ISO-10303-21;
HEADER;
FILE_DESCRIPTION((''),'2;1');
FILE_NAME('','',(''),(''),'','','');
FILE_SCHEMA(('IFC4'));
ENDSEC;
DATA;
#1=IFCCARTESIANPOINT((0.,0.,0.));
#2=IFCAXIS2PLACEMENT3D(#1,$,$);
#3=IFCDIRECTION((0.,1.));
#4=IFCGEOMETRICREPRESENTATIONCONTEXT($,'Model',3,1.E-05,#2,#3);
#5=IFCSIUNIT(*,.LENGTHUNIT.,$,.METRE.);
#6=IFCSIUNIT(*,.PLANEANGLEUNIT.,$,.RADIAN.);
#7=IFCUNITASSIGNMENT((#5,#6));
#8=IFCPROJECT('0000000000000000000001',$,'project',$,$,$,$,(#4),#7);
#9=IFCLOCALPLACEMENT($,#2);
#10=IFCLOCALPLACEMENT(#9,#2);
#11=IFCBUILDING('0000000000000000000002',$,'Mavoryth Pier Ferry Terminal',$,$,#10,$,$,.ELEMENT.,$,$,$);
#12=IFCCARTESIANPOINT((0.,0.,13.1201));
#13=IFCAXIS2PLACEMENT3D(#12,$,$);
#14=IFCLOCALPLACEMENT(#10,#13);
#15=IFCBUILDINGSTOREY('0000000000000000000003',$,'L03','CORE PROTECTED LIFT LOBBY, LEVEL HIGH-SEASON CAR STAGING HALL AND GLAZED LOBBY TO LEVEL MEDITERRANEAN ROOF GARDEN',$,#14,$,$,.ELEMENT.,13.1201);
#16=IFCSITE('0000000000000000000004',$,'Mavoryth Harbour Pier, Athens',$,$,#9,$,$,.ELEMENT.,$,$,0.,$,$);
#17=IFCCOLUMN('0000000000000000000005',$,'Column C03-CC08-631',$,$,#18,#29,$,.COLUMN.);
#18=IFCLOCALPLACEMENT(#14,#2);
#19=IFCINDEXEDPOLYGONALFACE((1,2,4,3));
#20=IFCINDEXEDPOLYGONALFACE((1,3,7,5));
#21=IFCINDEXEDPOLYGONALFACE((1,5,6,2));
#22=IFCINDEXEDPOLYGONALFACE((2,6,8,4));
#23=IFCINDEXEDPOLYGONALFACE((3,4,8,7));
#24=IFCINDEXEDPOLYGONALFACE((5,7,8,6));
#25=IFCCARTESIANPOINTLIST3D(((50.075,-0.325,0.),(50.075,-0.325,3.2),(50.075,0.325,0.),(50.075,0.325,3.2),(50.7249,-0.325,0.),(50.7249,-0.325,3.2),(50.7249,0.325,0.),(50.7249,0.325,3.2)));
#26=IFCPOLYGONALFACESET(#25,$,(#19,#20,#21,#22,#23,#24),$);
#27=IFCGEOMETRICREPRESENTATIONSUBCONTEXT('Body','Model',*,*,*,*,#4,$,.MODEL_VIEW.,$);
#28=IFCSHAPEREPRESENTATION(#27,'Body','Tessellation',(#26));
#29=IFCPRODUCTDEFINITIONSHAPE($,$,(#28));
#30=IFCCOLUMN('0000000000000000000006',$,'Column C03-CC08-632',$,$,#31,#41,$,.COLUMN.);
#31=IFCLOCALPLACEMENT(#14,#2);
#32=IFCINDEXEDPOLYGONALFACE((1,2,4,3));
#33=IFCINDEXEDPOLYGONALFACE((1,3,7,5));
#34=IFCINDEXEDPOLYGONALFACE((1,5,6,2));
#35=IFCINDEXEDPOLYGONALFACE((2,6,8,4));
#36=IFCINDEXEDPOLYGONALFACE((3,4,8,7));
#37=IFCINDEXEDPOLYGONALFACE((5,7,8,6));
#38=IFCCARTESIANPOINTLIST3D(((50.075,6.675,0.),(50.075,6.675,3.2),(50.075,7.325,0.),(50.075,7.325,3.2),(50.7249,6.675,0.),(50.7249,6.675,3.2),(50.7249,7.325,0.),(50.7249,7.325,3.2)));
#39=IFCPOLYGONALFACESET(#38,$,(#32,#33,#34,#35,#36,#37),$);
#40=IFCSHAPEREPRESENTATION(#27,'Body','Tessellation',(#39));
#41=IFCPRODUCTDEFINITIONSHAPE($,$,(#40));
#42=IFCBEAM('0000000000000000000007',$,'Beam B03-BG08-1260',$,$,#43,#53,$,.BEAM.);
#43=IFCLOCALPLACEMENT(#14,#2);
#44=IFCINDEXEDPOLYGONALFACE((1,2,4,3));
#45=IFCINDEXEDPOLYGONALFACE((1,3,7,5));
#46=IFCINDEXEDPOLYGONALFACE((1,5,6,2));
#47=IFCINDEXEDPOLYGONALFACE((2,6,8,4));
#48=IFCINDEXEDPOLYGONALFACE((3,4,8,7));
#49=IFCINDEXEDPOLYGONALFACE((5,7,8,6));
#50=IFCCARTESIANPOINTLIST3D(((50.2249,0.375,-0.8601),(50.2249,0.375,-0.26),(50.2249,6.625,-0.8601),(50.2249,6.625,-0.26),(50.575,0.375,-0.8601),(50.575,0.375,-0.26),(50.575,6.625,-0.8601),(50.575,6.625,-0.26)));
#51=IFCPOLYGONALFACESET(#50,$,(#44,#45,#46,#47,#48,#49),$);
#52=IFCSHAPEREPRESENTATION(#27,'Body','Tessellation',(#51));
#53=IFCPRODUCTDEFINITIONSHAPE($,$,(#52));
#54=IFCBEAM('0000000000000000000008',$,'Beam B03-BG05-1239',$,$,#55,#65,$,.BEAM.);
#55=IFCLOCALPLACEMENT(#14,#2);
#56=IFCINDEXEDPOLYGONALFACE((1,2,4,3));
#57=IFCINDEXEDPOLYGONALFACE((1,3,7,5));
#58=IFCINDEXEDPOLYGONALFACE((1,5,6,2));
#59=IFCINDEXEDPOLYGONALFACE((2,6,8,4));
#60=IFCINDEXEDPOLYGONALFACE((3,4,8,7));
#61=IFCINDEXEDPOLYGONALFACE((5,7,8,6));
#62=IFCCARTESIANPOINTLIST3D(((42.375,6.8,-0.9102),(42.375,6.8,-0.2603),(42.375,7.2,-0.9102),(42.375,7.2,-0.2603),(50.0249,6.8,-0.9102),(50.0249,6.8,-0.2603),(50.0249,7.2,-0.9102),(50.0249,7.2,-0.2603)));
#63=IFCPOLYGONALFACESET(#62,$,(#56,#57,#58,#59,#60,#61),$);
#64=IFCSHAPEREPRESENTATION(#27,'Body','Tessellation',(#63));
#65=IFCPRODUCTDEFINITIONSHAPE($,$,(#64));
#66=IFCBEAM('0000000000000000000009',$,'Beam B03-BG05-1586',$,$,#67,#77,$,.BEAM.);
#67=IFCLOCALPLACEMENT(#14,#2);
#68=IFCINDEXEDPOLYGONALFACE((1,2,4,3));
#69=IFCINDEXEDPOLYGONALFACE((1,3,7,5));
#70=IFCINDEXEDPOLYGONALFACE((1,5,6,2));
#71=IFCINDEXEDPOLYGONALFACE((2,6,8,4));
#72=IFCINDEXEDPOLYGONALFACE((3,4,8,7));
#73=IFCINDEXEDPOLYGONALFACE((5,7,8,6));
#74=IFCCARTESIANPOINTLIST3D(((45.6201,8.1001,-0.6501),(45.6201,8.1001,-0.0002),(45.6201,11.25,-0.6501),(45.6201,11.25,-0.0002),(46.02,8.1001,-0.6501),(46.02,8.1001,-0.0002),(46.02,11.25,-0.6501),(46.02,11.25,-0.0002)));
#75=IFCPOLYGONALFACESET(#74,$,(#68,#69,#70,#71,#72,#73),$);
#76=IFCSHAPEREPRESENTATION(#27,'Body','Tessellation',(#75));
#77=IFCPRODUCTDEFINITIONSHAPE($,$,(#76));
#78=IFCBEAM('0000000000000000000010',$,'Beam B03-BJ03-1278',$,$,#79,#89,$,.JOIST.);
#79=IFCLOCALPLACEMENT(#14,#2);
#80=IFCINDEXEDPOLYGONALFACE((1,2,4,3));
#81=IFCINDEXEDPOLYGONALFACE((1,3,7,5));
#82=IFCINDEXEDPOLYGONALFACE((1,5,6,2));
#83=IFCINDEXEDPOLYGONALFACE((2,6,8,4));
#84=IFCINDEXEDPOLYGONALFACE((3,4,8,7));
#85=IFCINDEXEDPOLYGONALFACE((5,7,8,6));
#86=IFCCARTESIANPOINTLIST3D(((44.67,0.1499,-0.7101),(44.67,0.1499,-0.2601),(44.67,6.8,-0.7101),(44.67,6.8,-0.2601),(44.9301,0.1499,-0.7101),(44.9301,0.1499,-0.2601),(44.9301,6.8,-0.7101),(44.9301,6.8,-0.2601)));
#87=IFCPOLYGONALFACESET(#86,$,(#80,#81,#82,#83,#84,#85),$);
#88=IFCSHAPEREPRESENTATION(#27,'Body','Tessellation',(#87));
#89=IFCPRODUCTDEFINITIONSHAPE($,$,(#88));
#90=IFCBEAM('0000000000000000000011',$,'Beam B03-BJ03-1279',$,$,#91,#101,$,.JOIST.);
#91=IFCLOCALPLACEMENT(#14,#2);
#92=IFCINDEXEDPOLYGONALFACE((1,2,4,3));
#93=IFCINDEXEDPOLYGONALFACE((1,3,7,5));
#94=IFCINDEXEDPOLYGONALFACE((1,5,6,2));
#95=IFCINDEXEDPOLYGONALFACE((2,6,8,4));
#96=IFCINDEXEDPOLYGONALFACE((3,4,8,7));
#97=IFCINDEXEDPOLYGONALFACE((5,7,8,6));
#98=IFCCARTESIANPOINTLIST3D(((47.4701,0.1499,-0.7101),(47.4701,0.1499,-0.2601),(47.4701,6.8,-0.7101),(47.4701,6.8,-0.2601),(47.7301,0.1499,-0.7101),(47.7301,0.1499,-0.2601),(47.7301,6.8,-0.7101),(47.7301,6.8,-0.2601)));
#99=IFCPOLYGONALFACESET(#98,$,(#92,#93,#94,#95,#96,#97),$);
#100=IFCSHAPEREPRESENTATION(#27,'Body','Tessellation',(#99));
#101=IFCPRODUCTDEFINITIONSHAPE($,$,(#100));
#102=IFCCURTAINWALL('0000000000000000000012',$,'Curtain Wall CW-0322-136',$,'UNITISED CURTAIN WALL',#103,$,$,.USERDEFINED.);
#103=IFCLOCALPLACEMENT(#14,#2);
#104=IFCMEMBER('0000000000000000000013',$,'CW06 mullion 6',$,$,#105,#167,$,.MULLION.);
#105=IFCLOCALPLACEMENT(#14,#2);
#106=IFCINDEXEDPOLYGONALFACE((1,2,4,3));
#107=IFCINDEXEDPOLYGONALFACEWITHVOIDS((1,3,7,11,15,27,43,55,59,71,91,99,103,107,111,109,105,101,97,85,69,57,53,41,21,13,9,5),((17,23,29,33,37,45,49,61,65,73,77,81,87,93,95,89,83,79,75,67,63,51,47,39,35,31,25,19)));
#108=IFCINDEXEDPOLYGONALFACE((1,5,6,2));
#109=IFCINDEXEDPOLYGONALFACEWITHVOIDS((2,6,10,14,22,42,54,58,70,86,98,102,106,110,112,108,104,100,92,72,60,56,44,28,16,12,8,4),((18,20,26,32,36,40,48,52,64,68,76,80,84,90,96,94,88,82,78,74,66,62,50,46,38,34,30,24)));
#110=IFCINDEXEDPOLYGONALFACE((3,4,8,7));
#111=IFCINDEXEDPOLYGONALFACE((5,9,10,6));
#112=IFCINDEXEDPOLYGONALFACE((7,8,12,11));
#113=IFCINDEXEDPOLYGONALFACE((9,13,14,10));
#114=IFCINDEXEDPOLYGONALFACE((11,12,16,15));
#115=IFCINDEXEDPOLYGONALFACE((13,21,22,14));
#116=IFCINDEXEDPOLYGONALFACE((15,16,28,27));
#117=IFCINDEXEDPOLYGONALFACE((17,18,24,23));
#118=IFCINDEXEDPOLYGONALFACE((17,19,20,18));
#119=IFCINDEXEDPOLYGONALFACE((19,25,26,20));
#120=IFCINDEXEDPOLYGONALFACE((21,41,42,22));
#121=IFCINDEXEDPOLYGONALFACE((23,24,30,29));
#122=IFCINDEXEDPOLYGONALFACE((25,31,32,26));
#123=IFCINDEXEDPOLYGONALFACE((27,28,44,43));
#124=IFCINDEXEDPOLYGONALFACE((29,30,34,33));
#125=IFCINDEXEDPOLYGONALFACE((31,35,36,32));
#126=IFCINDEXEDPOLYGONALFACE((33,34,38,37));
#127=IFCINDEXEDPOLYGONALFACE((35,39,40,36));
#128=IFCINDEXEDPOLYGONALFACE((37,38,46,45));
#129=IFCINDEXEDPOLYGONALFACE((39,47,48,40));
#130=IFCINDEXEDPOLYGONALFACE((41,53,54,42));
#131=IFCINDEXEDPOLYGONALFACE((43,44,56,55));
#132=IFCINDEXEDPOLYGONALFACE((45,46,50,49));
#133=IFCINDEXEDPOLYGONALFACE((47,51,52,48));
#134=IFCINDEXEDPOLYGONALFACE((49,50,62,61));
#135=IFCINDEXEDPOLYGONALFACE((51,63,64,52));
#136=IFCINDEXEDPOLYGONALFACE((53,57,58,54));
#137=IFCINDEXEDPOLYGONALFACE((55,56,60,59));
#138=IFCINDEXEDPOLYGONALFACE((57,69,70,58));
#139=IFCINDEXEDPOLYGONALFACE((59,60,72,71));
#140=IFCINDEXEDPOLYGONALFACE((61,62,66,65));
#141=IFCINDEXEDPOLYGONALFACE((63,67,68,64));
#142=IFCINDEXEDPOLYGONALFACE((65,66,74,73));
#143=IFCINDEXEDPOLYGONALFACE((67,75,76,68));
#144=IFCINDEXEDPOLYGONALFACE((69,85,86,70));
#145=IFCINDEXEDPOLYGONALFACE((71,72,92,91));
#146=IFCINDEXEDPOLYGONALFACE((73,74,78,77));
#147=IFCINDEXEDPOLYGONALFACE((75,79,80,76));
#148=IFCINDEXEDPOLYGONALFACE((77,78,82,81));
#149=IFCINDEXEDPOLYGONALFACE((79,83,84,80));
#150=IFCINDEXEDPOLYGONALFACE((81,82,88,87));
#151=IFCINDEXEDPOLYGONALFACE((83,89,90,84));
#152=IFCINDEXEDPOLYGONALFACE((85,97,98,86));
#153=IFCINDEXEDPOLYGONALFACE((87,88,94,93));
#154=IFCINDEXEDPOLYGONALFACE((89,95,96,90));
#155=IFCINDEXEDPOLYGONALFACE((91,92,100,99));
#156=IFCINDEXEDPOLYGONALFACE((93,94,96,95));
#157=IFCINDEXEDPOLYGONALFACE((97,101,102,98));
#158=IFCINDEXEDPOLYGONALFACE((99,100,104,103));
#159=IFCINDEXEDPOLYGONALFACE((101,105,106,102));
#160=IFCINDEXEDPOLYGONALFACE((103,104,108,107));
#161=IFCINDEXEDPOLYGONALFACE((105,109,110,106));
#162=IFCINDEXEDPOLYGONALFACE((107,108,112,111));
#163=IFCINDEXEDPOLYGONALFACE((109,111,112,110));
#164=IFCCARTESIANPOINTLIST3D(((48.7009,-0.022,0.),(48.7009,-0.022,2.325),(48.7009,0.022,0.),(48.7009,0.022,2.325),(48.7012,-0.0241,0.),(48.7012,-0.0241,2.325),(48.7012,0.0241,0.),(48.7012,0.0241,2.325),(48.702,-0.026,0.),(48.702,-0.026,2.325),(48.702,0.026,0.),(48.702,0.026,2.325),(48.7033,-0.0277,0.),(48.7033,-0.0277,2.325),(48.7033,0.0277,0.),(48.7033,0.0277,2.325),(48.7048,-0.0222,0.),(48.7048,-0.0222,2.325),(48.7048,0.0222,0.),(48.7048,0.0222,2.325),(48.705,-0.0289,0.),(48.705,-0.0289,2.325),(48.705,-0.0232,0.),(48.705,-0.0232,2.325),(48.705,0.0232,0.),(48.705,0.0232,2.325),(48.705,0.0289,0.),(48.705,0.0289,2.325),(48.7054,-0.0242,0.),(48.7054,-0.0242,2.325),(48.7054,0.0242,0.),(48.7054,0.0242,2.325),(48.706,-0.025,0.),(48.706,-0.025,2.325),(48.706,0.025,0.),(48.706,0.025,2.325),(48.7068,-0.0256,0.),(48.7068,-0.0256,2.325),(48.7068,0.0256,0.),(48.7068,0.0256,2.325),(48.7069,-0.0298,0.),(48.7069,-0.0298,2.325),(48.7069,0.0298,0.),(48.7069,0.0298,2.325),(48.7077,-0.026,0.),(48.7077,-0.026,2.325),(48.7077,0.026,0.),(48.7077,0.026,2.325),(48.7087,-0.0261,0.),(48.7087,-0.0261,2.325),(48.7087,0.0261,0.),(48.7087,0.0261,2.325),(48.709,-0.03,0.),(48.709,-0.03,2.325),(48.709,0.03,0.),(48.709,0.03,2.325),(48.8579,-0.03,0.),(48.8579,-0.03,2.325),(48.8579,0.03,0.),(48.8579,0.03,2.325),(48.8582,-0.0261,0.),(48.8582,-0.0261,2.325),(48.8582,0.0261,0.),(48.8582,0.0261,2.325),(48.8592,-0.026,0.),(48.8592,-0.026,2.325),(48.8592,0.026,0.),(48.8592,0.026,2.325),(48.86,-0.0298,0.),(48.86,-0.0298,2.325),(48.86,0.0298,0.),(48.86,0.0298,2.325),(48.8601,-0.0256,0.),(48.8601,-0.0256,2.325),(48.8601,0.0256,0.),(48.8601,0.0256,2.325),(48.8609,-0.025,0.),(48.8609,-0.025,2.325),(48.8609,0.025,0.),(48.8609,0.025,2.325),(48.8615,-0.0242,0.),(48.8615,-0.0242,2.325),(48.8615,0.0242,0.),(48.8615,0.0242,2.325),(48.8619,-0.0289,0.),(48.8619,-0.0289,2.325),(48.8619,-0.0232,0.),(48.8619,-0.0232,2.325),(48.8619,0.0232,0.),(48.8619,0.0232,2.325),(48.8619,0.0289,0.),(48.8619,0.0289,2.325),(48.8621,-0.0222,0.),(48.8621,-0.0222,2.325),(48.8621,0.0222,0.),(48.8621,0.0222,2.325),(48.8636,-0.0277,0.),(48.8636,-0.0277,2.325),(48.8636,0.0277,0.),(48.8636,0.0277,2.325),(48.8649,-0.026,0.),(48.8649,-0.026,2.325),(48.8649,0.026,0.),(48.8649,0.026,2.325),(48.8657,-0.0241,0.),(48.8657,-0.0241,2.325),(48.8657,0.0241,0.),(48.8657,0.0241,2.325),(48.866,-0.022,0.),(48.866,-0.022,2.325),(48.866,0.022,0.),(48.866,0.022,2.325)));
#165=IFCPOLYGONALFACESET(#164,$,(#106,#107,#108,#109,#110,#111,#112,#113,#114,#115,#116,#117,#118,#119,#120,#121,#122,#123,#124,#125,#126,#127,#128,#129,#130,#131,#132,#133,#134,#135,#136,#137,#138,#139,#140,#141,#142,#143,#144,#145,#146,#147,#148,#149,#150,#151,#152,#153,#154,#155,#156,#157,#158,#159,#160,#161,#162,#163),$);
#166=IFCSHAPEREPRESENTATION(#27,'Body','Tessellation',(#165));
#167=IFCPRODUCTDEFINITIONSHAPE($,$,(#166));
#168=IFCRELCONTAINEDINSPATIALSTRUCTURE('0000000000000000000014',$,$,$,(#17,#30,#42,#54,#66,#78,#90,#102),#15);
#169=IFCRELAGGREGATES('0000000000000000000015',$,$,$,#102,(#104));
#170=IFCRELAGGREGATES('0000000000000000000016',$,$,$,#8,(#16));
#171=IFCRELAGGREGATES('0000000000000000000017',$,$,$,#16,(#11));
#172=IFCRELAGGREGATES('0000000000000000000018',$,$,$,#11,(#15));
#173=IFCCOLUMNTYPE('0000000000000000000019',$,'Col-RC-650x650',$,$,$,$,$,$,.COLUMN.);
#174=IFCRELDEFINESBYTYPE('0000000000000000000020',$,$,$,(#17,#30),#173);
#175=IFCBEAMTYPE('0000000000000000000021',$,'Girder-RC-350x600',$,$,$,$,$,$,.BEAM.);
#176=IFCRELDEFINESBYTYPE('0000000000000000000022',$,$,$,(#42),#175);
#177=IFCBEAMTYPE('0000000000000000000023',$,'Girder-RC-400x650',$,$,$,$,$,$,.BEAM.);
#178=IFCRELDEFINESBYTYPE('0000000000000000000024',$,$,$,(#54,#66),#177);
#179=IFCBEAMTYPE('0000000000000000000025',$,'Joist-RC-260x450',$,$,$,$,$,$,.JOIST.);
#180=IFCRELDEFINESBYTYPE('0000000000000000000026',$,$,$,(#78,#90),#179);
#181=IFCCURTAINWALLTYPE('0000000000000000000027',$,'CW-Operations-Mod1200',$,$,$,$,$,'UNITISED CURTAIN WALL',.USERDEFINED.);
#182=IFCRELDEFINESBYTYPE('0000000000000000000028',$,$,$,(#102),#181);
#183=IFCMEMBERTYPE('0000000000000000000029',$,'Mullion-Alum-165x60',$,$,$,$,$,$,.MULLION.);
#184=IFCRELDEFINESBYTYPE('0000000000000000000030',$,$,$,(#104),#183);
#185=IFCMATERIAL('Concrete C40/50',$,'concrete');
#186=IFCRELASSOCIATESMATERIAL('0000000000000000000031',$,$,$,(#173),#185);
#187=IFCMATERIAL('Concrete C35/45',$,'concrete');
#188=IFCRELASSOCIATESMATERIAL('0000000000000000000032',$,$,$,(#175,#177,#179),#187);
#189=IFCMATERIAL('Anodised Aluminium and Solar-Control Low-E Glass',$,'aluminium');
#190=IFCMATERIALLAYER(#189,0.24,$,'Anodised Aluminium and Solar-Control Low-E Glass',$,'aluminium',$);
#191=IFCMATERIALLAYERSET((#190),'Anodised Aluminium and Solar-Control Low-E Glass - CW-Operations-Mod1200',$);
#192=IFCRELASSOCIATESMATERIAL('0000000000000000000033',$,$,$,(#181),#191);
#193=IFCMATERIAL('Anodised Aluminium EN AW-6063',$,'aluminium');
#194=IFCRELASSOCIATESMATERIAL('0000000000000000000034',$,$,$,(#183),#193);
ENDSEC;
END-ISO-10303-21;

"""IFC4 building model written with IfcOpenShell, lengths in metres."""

from ifc_helpers import new_model, si_unit, direction, frame, origin, origin_2d, place, context, subcontext, project, spatial, rectangle, hollow_rectangle, extrude, material, layer, layer_set, material_profile, profile_set, type_object, element, aggregate, save


model = new_model("IFC4")

# Units and contexts
model_context = context("Model", 3, precision=1e-05, world=origin(), true_north=direction((0.0, 1.0)))
body_context = subcontext(model_context, "Body", "Model", "MODEL_VIEW")
ifc_project = project(units=[si_unit("LENGTHUNIT", "METRE"), si_unit("PLANEANGLEUNIT", "RADIAN")], contexts=[model_context])

# Site, building, storey
site_placement = place(None, origin())
site = spatial("IfcSite", under=ifc_project, at=site_placement, Name="Mavoryth Harbour Pier, Athens", CompositionType="ELEMENT", RefElevation=0.0)
building_placement = place(site_placement, origin())
building = spatial("IfcBuilding", under=site, at=building_placement, Name="Mavoryth Pier Ferry Terminal", CompositionType="ELEMENT")
storey_placement = place(building_placement, frame((0.0, 0.0, 13.1201)))
storey = spatial("IfcBuildingStorey", under=building, at=storey_placement, Name="L03", Description="CORE PROTECTED LIFT LOBBY, LEVEL HIGH-SEASON CAR STAGING HALL AND GLAZED LOBBY TO LEVEL MEDITERRANEAN ROOF GARDEN", CompositionType="ELEMENT", Elevation=13.1201)

# Columns
ifc_material_1 = material(Name="Concrete C40/50", Category="concrete")
ifc_material_profile_1 = material_profile(ifc_material_1, rectangle(XDim=0.6499, YDim=0.6499, at=origin_2d()), Name="RC 650x650", Category="concrete")
ifc_profile_set_1 = profile_set([ifc_material_profile_1], Name="Concrete C40/50 - RC 650x650")
column_type = type_object("IfcColumnType", Name="Col-RC-650x650", PredefinedType="COLUMN", material=ifc_profile_set_1)
for number, where, z_axis, x_axis, name in (
    (1, (50.3999, 0.0, 0.0), (0.0, 0.0, 1.0), (1.0, 0.0, 0.0), "Column C03-CC08-631"),
    (2, (50.3999, 7.0, 0.0), (0.0, 0.0, 1.0), (1.0, 0.0, 0.0), "Column C03-CC08-632"),
):
    element("IfcColumn", number, at=place(storey_placement, frame(where, z_axis=z_axis, x_axis=x_axis)), inside=storey, type_object=column_type, Name=name, PredefinedType="COLUMN", context=body_context, shape_type="SweptSolid", body=[
        extrude(rectangle(XDim=0.6499, YDim=0.6499, at=origin_2d()), origin(), (0.0, 0.0, 1.0), 3.2),
    ])

# Beams
ifc_material_2 = material(Name="Concrete C35/45", Category="concrete")
ifc_material_profile_2 = material_profile(ifc_material_2, rectangle(XDim=0.3501, YDim=0.6001, at=origin_2d()), Name="RC 350x600", Category="concrete")
ifc_profile_set_2 = profile_set([ifc_material_profile_2], Name="Concrete C35/45 - RC 350x600")
beam_type_1 = type_object("IfcBeamType", Name="Girder-RC-350x600", PredefinedType="BEAM", material=ifc_profile_set_2)
beam_1_placement = place(storey_placement, frame((50.3999, 0.375, -0.5601), z_axis=(0.0, 1.0, 0.0), x_axis=(-1.0, 0.0, 0.0)))
element("IfcBeam", 3, at=beam_1_placement, inside=storey, type_object=beam_type_1, Name="Beam B03-BG08-1260", PredefinedType="BEAM", context=body_context, shape_type="SweptSolid", body=[
    extrude(rectangle(XDim=0.3501, YDim=0.6001, at=origin_2d()), origin(), (0.0, 0.0, 1.0), 6.25),
])
ifc_material_profile_3 = material_profile(ifc_material_2, rectangle(XDim=0.3999, YDim=0.6499, at=origin_2d()), Name="RC 400x650", Category="concrete")
ifc_profile_set_3 = profile_set([ifc_material_profile_3], Name="Concrete C35/45 - RC 400x650")
beam_type_2 = type_object("IfcBeamType", Name="Girder-RC-400x650", PredefinedType="BEAM", material=ifc_profile_set_3)
beam_2_placement = place(storey_placement, frame((42.375, 7.0, -0.5852), z_axis=(1.0, 0.0, 0.0), x_axis=(0.0, 1.0, 0.0)))
element("IfcBeam", 4, at=beam_2_placement, inside=storey, type_object=beam_type_2, Name="Beam B03-BG05-1239", PredefinedType="BEAM", context=body_context, shape_type="SweptSolid", body=[
    extrude(rectangle(XDim=0.3999, YDim=0.6499, at=origin_2d()), origin(), (0.0, 0.0, 1.0), 7.6499),
])
beam_3_placement = place(storey_placement, frame((45.8201, 8.1001, -0.3252), z_axis=(0.0, 1.0, 0.0), x_axis=(-1.0, 0.0, 0.0)))
element("IfcBeam", 5, at=beam_3_placement, inside=storey, type_object=beam_type_2, Name="Beam B03-BG05-1586", PredefinedType="BEAM", context=body_context, shape_type="SweptSolid", body=[
    extrude(rectangle(XDim=0.3999, YDim=0.6499, at=origin_2d()), origin(), (0.0, 0.0, 1.0), 3.1499),
])
ifc_material_profile_4 = material_profile(ifc_material_2, rectangle(XDim=0.26, YDim=0.45, at=origin_2d()), Name="RC 260x450", Category="concrete")
ifc_profile_set_4 = profile_set([ifc_material_profile_4], Name="Concrete C35/45 - RC 260x450")
beam_type_3 = type_object("IfcBeamType", Name="Joist-RC-260x450", PredefinedType="JOIST", material=ifc_profile_set_4)
for number, where, z_axis, x_axis, name in (
    (6, (44.8, 0.1499, -0.4851), (0.0, 1.0, 0.0), (-1.0, 0.0, 0.0), "Beam B03-BJ03-1278"),
    (7, (47.6001, 0.1499, -0.4851), (0.0, 1.0, 0.0), (-1.0, 0.0, 0.0), "Beam B03-BJ03-1279"),
):
    element("IfcBeam", number, at=place(storey_placement, frame(where, z_axis=z_axis, x_axis=x_axis)), inside=storey, type_object=beam_type_3, Name=name, PredefinedType="JOIST", context=body_context, shape_type="SweptSolid", body=[
        extrude(rectangle(XDim=0.26, YDim=0.45, at=origin_2d()), origin(), (0.0, 0.0, 1.0), 6.6501),
    ])

# Curtain wall, member
ifc_material_3 = material(Name="Anodised Aluminium and Solar-Control Low-E Glass", Category="aluminium")
ifc_layer_1 = layer(ifc_material_3, 0.24, Name="Anodised Aluminium and Solar-Control Low-E Glass", Category="aluminium")
ifc_layer_set_1 = layer_set([ifc_layer_1], Name="Anodised Aluminium and Solar-Control Low-E Glass - CW-Operations-Mod1200")
curtain_wall_type = type_object("IfcCurtainWallType", Name="CW-Operations-Mod1200", ElementType="UNITISED CURTAIN WALL", PredefinedType="USERDEFINED", material=ifc_layer_set_1)
curtain_wall_1_placement = place(storey_placement, origin())
curtain_wall_1 = element("IfcCurtainWall", 8, at=curtain_wall_1_placement, inside=storey, type_object=curtain_wall_type, Name="Curtain Wall CW-0322-136", ObjectType="UNITISED CURTAIN WALL", PredefinedType="USERDEFINED")
ifc_material_4 = material(Name="Anodised Aluminium EN AW-6063", Category="aluminium")
ifc_material_profile_5 = material_profile(ifc_material_4, hollow_rectangle(XDim=0.0601, YDim=0.165, WallThickness=0.0039, InnerFilletRadius=0.0039, OuterFilletRadius=0.0081, at=origin_2d()), Name="AL-MULL 165x60x4", Category="aluminium")
ifc_profile_set_5 = profile_set([ifc_material_profile_5], Name="Anodised Aluminium EN AW-6063 - AL-MULL 165x60x4")
member_type_1 = type_object("IfcMemberType", Name="Mullion-Alum-165x60", PredefinedType="MULLION", material=ifc_profile_set_5)
member_1_placement = place(storey_placement, frame((48.7834, 0.0, 0.0), z_axis=(0.0, 0.0, 1.0), x_axis=(0.0, 1.0, 0.0)))
member_1 = element("IfcMember", 9, at=member_1_placement, type_object=member_type_1, Name="CW06 mullion 6", PredefinedType="MULLION", context=body_context, shape_type="SweptSolid", body=[
    extrude(hollow_rectangle(XDim=0.0601, YDim=0.165, WallThickness=0.0039, InnerFilletRadius=0.0039, OuterFilletRadius=0.0081, at=origin_2d()), origin(), (0.0, 0.0, 1.0), 2.325),
])

aggregate(curtain_wall_1, [member_1])

save(model, "model.ifc")
